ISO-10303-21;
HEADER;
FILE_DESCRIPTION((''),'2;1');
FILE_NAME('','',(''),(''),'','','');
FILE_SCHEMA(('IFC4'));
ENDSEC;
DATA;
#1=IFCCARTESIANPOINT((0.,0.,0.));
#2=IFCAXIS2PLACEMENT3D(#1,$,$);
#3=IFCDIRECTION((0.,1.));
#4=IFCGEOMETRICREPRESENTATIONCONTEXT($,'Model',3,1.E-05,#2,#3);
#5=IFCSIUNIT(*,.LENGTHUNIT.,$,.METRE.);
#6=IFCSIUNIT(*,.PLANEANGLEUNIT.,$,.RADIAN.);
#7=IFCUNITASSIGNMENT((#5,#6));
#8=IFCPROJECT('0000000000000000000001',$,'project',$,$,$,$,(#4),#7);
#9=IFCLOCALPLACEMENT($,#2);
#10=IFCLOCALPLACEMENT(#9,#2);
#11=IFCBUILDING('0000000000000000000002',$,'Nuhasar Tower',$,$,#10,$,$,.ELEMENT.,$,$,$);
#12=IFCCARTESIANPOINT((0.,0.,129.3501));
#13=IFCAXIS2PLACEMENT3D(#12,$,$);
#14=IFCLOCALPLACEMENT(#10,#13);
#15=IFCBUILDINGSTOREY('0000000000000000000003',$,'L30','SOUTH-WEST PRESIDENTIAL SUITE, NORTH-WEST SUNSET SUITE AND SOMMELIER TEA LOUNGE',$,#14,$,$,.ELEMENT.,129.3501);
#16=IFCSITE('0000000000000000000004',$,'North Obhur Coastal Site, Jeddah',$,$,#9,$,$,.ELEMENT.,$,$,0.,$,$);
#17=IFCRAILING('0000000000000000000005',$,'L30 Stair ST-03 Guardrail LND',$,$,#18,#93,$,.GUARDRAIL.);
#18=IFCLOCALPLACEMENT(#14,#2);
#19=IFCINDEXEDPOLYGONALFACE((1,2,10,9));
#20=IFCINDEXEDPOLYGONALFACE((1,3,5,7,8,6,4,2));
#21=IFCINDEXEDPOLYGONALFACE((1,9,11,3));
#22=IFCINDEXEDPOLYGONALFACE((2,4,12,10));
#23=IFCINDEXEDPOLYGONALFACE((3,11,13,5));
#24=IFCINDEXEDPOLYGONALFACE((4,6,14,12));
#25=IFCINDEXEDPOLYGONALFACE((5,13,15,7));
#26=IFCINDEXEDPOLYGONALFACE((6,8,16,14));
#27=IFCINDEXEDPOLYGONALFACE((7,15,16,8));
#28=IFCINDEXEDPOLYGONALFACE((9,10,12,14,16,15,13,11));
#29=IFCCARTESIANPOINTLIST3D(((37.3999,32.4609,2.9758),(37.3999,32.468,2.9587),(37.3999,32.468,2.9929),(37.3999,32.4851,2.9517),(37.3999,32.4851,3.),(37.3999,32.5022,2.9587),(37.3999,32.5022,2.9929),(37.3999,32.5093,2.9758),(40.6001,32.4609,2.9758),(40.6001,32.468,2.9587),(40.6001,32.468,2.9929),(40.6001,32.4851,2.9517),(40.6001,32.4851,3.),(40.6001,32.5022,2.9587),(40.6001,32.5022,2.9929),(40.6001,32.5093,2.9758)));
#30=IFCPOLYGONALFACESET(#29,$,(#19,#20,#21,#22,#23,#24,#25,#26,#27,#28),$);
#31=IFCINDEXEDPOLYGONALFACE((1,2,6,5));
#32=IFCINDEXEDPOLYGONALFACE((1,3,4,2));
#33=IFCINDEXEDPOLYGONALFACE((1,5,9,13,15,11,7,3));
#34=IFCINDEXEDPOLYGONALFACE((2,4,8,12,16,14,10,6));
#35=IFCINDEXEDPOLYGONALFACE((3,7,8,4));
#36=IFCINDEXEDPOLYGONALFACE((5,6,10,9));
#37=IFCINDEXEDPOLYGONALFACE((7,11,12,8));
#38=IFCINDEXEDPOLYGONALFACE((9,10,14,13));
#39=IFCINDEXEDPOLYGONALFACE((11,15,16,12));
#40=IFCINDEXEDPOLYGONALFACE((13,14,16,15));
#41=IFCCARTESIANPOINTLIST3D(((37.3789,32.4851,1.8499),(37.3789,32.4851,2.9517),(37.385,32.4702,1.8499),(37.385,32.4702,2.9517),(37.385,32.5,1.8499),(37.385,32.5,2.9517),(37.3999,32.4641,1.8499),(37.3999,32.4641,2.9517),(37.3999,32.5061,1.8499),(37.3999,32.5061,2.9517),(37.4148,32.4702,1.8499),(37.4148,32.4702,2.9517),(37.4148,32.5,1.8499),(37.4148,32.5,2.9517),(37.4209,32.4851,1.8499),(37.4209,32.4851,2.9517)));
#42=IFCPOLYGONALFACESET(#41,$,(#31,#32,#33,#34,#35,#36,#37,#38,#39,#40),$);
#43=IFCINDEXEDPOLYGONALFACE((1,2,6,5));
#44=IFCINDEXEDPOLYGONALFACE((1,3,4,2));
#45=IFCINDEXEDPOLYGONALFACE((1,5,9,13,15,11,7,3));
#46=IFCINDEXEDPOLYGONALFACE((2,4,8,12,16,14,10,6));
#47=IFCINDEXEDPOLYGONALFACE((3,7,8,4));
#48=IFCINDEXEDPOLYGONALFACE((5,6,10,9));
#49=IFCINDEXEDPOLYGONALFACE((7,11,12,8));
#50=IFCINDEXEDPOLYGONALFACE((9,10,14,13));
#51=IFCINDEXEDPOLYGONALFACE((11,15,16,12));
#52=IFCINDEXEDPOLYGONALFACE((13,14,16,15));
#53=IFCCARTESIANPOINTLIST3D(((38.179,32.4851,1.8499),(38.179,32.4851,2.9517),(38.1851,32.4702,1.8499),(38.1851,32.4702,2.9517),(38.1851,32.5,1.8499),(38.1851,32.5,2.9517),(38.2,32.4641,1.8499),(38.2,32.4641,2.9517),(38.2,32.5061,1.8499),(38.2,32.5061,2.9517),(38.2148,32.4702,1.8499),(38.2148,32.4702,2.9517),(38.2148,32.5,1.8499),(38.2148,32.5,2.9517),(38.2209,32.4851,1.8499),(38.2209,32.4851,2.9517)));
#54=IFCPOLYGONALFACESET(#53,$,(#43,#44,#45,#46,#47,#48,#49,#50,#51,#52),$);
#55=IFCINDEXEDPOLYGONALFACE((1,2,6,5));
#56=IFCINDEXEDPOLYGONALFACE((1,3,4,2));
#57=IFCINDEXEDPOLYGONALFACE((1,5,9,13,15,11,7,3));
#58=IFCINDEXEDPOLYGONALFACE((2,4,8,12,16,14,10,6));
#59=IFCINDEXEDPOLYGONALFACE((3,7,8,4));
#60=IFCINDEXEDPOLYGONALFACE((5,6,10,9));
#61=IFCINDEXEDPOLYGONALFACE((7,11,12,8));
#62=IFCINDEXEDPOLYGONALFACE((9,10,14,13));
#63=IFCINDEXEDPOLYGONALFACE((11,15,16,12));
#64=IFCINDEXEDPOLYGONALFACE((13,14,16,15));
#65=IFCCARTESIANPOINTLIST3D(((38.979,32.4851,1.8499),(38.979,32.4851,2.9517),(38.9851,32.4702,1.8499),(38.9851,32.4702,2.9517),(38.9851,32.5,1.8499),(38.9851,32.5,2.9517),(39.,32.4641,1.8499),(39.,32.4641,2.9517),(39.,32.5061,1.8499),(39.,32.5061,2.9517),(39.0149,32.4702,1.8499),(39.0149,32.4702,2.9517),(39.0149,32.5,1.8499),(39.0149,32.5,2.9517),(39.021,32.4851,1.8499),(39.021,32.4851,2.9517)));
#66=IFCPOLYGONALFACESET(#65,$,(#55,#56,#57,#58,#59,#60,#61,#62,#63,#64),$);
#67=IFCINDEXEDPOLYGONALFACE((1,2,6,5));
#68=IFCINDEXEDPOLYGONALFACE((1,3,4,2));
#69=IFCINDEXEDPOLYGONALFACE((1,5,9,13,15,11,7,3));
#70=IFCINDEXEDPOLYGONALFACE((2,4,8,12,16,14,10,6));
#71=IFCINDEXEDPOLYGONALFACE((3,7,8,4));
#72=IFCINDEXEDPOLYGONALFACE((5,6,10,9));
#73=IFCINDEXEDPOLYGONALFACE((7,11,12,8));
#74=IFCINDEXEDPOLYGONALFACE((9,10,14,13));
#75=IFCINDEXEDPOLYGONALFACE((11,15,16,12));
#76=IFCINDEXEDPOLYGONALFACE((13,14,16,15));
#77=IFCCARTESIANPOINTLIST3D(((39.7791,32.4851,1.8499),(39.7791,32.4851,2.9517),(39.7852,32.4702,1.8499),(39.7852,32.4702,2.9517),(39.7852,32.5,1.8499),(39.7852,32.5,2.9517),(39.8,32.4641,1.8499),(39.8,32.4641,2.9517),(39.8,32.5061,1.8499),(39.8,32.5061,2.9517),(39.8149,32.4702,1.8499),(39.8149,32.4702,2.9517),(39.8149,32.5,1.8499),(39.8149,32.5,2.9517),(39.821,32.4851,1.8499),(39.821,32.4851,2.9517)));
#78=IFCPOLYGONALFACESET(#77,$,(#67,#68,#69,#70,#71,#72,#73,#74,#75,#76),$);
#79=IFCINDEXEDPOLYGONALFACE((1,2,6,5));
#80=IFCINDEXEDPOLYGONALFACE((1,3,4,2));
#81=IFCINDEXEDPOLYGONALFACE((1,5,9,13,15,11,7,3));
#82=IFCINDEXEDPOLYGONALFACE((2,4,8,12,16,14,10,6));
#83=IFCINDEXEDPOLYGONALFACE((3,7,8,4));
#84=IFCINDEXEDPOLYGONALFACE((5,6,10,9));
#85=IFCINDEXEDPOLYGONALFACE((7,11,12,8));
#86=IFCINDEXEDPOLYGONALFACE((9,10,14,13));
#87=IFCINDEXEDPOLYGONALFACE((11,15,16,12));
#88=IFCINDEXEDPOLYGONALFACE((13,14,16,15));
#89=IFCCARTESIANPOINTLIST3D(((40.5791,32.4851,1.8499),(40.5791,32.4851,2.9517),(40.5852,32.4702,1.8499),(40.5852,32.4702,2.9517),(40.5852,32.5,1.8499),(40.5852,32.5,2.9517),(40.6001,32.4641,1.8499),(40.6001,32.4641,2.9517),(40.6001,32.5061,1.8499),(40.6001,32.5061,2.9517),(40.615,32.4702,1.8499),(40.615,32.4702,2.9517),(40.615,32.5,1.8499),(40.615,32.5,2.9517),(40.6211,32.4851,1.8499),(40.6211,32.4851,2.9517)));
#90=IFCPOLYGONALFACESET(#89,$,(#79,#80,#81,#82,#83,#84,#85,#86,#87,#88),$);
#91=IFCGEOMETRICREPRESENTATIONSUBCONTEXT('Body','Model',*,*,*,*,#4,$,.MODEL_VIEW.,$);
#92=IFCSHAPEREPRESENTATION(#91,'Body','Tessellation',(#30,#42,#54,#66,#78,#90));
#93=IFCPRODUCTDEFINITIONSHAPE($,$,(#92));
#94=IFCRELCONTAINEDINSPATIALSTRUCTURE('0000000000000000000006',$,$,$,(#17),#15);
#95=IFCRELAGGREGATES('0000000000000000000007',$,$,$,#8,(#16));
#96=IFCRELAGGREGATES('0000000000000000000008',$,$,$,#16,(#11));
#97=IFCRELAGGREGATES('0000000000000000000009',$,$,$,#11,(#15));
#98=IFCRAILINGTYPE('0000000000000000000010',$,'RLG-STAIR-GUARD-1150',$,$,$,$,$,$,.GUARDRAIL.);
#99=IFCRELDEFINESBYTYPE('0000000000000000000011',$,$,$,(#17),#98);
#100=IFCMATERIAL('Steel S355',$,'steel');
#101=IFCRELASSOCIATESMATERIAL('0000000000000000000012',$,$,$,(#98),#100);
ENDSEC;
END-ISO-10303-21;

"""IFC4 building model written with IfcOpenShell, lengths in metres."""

from ifc_helpers import new_model, si_unit, direction, frame, origin, place, context, subcontext, project, spatial, polyline, outline, extrude, material, type_object, element, save


model = new_model("IFC4")

# Units and contexts
model_context = context("Model", 3, precision=1e-05, world=origin(), true_north=direction((0.0, 1.0)))
body_context = subcontext(model_context, "Body", "Model", "MODEL_VIEW")
ifc_project = project(units=[si_unit("LENGTHUNIT", "METRE"), si_unit("PLANEANGLEUNIT", "RADIAN")], contexts=[model_context])

# Site, building, storey
site_placement = place(None, origin())
site = spatial("IfcSite", under=ifc_project, at=site_placement, Name="North Obhur Coastal Site, Jeddah", CompositionType="ELEMENT", RefElevation=0.0)
building_placement = place(site_placement, origin())
building = spatial("IfcBuilding", under=site, at=building_placement, Name="Nuhasar Tower", CompositionType="ELEMENT")
storey_placement = place(building_placement, frame((0.0, 0.0, 129.3501)))
storey = spatial("IfcBuildingStorey", under=building, at=storey_placement, Name="L30", Description="SOUTH-WEST PRESIDENTIAL SUITE, NORTH-WEST SUNSET SUITE AND SOMMELIER TEA LOUNGE", CompositionType="ELEMENT", Elevation=129.3501)

# Shared definitions
ifc_material_1 = material(Name="Steel S355", Category="steel")

# Railing
railing_type_1 = type_object("IfcRailingType", Name="RLG-STAIR-GUARD-1150", PredefinedType="GUARDRAIL", material=ifc_material_1)
railing_1_placement = place(storey_placement, frame((37.3999, 32.4851, 1.8499)))
element("IfcRailing", 1, at=railing_1_placement, inside=storey, type_object=railing_type_1, Name="L30 Stair ST-03 Guardrail LND", PredefinedType="GUARDRAIL", context=body_context, shape_type="SweptSolid", body=[
    extrude(outline(polyline([(0.0242, 0.0), (0.0171, 0.0171), (0.0, 0.0242), (-0.0171, 0.0171), (-0.0242, 0.0), (-0.0171, -0.0171), (0.0, -0.0242), (0.0171, -0.0171), (0.0242, 0.0)])), frame((0.0, 0.0, 1.126), z_axis=(1.0, 0.0, 0.0), x_axis=(0.0, 1.0, 0.0)), (0.0, 0.0, 1.0), 3.2002),
    extrude(outline(polyline([(0.021, 0.0), (0.0149, 0.0149), (0.0, 0.021), (-0.0149, 0.0149), (-0.021, 0.0), (-0.0149, -0.0149), (0.0, -0.021), (0.0149, -0.0149), (0.021, 0.0)])), origin(), (0.0, 0.0, 1.0), 1.1018),
    extrude(outline(polyline([(0.021, 0.0), (0.0149, 0.0149), (0.0, 0.021), (-0.0149, 0.0149), (-0.021, 0.0), (-0.0149, -0.0149), (0.0, -0.021), (0.0149, -0.0149), (0.021, 0.0)])), frame((0.8, 0.0, 0.0)), (0.0, 0.0, 1.0), 1.1018),
    extrude(outline(polyline([(0.021, 0.0), (0.0149, 0.0149), (0.0, 0.021), (-0.0149, 0.0149), (-0.021, 0.0), (-0.0149, -0.0149), (0.0, -0.021), (0.0149, -0.0149), (0.021, 0.0)])), frame((1.6001, 0.0, 0.0)), (0.0, 0.0, 1.0), 1.1018),
    extrude(outline(polyline([(0.021, 0.0), (0.0149, 0.0149), (0.0, 0.021), (-0.0149, 0.0149), (-0.021, 0.0), (-0.0149, -0.0149), (0.0, -0.021), (0.0149, -0.0149), (0.021, 0.0)])), frame((2.4001, 0.0, 0.0)), (0.0, 0.0, 1.0), 1.1018),
    extrude(outline(polyline([(0.021, 0.0), (0.0149, 0.0149), (0.0, 0.021), (-0.0149, 0.0149), (-0.021, 0.0), (-0.0149, -0.0149), (0.0, -0.021), (0.0149, -0.0149), (0.021, 0.0)])), frame((3.2002, 0.0, 0.0)), (0.0, 0.0, 1.0), 1.1018),
])

save(model, "model.ifc")
